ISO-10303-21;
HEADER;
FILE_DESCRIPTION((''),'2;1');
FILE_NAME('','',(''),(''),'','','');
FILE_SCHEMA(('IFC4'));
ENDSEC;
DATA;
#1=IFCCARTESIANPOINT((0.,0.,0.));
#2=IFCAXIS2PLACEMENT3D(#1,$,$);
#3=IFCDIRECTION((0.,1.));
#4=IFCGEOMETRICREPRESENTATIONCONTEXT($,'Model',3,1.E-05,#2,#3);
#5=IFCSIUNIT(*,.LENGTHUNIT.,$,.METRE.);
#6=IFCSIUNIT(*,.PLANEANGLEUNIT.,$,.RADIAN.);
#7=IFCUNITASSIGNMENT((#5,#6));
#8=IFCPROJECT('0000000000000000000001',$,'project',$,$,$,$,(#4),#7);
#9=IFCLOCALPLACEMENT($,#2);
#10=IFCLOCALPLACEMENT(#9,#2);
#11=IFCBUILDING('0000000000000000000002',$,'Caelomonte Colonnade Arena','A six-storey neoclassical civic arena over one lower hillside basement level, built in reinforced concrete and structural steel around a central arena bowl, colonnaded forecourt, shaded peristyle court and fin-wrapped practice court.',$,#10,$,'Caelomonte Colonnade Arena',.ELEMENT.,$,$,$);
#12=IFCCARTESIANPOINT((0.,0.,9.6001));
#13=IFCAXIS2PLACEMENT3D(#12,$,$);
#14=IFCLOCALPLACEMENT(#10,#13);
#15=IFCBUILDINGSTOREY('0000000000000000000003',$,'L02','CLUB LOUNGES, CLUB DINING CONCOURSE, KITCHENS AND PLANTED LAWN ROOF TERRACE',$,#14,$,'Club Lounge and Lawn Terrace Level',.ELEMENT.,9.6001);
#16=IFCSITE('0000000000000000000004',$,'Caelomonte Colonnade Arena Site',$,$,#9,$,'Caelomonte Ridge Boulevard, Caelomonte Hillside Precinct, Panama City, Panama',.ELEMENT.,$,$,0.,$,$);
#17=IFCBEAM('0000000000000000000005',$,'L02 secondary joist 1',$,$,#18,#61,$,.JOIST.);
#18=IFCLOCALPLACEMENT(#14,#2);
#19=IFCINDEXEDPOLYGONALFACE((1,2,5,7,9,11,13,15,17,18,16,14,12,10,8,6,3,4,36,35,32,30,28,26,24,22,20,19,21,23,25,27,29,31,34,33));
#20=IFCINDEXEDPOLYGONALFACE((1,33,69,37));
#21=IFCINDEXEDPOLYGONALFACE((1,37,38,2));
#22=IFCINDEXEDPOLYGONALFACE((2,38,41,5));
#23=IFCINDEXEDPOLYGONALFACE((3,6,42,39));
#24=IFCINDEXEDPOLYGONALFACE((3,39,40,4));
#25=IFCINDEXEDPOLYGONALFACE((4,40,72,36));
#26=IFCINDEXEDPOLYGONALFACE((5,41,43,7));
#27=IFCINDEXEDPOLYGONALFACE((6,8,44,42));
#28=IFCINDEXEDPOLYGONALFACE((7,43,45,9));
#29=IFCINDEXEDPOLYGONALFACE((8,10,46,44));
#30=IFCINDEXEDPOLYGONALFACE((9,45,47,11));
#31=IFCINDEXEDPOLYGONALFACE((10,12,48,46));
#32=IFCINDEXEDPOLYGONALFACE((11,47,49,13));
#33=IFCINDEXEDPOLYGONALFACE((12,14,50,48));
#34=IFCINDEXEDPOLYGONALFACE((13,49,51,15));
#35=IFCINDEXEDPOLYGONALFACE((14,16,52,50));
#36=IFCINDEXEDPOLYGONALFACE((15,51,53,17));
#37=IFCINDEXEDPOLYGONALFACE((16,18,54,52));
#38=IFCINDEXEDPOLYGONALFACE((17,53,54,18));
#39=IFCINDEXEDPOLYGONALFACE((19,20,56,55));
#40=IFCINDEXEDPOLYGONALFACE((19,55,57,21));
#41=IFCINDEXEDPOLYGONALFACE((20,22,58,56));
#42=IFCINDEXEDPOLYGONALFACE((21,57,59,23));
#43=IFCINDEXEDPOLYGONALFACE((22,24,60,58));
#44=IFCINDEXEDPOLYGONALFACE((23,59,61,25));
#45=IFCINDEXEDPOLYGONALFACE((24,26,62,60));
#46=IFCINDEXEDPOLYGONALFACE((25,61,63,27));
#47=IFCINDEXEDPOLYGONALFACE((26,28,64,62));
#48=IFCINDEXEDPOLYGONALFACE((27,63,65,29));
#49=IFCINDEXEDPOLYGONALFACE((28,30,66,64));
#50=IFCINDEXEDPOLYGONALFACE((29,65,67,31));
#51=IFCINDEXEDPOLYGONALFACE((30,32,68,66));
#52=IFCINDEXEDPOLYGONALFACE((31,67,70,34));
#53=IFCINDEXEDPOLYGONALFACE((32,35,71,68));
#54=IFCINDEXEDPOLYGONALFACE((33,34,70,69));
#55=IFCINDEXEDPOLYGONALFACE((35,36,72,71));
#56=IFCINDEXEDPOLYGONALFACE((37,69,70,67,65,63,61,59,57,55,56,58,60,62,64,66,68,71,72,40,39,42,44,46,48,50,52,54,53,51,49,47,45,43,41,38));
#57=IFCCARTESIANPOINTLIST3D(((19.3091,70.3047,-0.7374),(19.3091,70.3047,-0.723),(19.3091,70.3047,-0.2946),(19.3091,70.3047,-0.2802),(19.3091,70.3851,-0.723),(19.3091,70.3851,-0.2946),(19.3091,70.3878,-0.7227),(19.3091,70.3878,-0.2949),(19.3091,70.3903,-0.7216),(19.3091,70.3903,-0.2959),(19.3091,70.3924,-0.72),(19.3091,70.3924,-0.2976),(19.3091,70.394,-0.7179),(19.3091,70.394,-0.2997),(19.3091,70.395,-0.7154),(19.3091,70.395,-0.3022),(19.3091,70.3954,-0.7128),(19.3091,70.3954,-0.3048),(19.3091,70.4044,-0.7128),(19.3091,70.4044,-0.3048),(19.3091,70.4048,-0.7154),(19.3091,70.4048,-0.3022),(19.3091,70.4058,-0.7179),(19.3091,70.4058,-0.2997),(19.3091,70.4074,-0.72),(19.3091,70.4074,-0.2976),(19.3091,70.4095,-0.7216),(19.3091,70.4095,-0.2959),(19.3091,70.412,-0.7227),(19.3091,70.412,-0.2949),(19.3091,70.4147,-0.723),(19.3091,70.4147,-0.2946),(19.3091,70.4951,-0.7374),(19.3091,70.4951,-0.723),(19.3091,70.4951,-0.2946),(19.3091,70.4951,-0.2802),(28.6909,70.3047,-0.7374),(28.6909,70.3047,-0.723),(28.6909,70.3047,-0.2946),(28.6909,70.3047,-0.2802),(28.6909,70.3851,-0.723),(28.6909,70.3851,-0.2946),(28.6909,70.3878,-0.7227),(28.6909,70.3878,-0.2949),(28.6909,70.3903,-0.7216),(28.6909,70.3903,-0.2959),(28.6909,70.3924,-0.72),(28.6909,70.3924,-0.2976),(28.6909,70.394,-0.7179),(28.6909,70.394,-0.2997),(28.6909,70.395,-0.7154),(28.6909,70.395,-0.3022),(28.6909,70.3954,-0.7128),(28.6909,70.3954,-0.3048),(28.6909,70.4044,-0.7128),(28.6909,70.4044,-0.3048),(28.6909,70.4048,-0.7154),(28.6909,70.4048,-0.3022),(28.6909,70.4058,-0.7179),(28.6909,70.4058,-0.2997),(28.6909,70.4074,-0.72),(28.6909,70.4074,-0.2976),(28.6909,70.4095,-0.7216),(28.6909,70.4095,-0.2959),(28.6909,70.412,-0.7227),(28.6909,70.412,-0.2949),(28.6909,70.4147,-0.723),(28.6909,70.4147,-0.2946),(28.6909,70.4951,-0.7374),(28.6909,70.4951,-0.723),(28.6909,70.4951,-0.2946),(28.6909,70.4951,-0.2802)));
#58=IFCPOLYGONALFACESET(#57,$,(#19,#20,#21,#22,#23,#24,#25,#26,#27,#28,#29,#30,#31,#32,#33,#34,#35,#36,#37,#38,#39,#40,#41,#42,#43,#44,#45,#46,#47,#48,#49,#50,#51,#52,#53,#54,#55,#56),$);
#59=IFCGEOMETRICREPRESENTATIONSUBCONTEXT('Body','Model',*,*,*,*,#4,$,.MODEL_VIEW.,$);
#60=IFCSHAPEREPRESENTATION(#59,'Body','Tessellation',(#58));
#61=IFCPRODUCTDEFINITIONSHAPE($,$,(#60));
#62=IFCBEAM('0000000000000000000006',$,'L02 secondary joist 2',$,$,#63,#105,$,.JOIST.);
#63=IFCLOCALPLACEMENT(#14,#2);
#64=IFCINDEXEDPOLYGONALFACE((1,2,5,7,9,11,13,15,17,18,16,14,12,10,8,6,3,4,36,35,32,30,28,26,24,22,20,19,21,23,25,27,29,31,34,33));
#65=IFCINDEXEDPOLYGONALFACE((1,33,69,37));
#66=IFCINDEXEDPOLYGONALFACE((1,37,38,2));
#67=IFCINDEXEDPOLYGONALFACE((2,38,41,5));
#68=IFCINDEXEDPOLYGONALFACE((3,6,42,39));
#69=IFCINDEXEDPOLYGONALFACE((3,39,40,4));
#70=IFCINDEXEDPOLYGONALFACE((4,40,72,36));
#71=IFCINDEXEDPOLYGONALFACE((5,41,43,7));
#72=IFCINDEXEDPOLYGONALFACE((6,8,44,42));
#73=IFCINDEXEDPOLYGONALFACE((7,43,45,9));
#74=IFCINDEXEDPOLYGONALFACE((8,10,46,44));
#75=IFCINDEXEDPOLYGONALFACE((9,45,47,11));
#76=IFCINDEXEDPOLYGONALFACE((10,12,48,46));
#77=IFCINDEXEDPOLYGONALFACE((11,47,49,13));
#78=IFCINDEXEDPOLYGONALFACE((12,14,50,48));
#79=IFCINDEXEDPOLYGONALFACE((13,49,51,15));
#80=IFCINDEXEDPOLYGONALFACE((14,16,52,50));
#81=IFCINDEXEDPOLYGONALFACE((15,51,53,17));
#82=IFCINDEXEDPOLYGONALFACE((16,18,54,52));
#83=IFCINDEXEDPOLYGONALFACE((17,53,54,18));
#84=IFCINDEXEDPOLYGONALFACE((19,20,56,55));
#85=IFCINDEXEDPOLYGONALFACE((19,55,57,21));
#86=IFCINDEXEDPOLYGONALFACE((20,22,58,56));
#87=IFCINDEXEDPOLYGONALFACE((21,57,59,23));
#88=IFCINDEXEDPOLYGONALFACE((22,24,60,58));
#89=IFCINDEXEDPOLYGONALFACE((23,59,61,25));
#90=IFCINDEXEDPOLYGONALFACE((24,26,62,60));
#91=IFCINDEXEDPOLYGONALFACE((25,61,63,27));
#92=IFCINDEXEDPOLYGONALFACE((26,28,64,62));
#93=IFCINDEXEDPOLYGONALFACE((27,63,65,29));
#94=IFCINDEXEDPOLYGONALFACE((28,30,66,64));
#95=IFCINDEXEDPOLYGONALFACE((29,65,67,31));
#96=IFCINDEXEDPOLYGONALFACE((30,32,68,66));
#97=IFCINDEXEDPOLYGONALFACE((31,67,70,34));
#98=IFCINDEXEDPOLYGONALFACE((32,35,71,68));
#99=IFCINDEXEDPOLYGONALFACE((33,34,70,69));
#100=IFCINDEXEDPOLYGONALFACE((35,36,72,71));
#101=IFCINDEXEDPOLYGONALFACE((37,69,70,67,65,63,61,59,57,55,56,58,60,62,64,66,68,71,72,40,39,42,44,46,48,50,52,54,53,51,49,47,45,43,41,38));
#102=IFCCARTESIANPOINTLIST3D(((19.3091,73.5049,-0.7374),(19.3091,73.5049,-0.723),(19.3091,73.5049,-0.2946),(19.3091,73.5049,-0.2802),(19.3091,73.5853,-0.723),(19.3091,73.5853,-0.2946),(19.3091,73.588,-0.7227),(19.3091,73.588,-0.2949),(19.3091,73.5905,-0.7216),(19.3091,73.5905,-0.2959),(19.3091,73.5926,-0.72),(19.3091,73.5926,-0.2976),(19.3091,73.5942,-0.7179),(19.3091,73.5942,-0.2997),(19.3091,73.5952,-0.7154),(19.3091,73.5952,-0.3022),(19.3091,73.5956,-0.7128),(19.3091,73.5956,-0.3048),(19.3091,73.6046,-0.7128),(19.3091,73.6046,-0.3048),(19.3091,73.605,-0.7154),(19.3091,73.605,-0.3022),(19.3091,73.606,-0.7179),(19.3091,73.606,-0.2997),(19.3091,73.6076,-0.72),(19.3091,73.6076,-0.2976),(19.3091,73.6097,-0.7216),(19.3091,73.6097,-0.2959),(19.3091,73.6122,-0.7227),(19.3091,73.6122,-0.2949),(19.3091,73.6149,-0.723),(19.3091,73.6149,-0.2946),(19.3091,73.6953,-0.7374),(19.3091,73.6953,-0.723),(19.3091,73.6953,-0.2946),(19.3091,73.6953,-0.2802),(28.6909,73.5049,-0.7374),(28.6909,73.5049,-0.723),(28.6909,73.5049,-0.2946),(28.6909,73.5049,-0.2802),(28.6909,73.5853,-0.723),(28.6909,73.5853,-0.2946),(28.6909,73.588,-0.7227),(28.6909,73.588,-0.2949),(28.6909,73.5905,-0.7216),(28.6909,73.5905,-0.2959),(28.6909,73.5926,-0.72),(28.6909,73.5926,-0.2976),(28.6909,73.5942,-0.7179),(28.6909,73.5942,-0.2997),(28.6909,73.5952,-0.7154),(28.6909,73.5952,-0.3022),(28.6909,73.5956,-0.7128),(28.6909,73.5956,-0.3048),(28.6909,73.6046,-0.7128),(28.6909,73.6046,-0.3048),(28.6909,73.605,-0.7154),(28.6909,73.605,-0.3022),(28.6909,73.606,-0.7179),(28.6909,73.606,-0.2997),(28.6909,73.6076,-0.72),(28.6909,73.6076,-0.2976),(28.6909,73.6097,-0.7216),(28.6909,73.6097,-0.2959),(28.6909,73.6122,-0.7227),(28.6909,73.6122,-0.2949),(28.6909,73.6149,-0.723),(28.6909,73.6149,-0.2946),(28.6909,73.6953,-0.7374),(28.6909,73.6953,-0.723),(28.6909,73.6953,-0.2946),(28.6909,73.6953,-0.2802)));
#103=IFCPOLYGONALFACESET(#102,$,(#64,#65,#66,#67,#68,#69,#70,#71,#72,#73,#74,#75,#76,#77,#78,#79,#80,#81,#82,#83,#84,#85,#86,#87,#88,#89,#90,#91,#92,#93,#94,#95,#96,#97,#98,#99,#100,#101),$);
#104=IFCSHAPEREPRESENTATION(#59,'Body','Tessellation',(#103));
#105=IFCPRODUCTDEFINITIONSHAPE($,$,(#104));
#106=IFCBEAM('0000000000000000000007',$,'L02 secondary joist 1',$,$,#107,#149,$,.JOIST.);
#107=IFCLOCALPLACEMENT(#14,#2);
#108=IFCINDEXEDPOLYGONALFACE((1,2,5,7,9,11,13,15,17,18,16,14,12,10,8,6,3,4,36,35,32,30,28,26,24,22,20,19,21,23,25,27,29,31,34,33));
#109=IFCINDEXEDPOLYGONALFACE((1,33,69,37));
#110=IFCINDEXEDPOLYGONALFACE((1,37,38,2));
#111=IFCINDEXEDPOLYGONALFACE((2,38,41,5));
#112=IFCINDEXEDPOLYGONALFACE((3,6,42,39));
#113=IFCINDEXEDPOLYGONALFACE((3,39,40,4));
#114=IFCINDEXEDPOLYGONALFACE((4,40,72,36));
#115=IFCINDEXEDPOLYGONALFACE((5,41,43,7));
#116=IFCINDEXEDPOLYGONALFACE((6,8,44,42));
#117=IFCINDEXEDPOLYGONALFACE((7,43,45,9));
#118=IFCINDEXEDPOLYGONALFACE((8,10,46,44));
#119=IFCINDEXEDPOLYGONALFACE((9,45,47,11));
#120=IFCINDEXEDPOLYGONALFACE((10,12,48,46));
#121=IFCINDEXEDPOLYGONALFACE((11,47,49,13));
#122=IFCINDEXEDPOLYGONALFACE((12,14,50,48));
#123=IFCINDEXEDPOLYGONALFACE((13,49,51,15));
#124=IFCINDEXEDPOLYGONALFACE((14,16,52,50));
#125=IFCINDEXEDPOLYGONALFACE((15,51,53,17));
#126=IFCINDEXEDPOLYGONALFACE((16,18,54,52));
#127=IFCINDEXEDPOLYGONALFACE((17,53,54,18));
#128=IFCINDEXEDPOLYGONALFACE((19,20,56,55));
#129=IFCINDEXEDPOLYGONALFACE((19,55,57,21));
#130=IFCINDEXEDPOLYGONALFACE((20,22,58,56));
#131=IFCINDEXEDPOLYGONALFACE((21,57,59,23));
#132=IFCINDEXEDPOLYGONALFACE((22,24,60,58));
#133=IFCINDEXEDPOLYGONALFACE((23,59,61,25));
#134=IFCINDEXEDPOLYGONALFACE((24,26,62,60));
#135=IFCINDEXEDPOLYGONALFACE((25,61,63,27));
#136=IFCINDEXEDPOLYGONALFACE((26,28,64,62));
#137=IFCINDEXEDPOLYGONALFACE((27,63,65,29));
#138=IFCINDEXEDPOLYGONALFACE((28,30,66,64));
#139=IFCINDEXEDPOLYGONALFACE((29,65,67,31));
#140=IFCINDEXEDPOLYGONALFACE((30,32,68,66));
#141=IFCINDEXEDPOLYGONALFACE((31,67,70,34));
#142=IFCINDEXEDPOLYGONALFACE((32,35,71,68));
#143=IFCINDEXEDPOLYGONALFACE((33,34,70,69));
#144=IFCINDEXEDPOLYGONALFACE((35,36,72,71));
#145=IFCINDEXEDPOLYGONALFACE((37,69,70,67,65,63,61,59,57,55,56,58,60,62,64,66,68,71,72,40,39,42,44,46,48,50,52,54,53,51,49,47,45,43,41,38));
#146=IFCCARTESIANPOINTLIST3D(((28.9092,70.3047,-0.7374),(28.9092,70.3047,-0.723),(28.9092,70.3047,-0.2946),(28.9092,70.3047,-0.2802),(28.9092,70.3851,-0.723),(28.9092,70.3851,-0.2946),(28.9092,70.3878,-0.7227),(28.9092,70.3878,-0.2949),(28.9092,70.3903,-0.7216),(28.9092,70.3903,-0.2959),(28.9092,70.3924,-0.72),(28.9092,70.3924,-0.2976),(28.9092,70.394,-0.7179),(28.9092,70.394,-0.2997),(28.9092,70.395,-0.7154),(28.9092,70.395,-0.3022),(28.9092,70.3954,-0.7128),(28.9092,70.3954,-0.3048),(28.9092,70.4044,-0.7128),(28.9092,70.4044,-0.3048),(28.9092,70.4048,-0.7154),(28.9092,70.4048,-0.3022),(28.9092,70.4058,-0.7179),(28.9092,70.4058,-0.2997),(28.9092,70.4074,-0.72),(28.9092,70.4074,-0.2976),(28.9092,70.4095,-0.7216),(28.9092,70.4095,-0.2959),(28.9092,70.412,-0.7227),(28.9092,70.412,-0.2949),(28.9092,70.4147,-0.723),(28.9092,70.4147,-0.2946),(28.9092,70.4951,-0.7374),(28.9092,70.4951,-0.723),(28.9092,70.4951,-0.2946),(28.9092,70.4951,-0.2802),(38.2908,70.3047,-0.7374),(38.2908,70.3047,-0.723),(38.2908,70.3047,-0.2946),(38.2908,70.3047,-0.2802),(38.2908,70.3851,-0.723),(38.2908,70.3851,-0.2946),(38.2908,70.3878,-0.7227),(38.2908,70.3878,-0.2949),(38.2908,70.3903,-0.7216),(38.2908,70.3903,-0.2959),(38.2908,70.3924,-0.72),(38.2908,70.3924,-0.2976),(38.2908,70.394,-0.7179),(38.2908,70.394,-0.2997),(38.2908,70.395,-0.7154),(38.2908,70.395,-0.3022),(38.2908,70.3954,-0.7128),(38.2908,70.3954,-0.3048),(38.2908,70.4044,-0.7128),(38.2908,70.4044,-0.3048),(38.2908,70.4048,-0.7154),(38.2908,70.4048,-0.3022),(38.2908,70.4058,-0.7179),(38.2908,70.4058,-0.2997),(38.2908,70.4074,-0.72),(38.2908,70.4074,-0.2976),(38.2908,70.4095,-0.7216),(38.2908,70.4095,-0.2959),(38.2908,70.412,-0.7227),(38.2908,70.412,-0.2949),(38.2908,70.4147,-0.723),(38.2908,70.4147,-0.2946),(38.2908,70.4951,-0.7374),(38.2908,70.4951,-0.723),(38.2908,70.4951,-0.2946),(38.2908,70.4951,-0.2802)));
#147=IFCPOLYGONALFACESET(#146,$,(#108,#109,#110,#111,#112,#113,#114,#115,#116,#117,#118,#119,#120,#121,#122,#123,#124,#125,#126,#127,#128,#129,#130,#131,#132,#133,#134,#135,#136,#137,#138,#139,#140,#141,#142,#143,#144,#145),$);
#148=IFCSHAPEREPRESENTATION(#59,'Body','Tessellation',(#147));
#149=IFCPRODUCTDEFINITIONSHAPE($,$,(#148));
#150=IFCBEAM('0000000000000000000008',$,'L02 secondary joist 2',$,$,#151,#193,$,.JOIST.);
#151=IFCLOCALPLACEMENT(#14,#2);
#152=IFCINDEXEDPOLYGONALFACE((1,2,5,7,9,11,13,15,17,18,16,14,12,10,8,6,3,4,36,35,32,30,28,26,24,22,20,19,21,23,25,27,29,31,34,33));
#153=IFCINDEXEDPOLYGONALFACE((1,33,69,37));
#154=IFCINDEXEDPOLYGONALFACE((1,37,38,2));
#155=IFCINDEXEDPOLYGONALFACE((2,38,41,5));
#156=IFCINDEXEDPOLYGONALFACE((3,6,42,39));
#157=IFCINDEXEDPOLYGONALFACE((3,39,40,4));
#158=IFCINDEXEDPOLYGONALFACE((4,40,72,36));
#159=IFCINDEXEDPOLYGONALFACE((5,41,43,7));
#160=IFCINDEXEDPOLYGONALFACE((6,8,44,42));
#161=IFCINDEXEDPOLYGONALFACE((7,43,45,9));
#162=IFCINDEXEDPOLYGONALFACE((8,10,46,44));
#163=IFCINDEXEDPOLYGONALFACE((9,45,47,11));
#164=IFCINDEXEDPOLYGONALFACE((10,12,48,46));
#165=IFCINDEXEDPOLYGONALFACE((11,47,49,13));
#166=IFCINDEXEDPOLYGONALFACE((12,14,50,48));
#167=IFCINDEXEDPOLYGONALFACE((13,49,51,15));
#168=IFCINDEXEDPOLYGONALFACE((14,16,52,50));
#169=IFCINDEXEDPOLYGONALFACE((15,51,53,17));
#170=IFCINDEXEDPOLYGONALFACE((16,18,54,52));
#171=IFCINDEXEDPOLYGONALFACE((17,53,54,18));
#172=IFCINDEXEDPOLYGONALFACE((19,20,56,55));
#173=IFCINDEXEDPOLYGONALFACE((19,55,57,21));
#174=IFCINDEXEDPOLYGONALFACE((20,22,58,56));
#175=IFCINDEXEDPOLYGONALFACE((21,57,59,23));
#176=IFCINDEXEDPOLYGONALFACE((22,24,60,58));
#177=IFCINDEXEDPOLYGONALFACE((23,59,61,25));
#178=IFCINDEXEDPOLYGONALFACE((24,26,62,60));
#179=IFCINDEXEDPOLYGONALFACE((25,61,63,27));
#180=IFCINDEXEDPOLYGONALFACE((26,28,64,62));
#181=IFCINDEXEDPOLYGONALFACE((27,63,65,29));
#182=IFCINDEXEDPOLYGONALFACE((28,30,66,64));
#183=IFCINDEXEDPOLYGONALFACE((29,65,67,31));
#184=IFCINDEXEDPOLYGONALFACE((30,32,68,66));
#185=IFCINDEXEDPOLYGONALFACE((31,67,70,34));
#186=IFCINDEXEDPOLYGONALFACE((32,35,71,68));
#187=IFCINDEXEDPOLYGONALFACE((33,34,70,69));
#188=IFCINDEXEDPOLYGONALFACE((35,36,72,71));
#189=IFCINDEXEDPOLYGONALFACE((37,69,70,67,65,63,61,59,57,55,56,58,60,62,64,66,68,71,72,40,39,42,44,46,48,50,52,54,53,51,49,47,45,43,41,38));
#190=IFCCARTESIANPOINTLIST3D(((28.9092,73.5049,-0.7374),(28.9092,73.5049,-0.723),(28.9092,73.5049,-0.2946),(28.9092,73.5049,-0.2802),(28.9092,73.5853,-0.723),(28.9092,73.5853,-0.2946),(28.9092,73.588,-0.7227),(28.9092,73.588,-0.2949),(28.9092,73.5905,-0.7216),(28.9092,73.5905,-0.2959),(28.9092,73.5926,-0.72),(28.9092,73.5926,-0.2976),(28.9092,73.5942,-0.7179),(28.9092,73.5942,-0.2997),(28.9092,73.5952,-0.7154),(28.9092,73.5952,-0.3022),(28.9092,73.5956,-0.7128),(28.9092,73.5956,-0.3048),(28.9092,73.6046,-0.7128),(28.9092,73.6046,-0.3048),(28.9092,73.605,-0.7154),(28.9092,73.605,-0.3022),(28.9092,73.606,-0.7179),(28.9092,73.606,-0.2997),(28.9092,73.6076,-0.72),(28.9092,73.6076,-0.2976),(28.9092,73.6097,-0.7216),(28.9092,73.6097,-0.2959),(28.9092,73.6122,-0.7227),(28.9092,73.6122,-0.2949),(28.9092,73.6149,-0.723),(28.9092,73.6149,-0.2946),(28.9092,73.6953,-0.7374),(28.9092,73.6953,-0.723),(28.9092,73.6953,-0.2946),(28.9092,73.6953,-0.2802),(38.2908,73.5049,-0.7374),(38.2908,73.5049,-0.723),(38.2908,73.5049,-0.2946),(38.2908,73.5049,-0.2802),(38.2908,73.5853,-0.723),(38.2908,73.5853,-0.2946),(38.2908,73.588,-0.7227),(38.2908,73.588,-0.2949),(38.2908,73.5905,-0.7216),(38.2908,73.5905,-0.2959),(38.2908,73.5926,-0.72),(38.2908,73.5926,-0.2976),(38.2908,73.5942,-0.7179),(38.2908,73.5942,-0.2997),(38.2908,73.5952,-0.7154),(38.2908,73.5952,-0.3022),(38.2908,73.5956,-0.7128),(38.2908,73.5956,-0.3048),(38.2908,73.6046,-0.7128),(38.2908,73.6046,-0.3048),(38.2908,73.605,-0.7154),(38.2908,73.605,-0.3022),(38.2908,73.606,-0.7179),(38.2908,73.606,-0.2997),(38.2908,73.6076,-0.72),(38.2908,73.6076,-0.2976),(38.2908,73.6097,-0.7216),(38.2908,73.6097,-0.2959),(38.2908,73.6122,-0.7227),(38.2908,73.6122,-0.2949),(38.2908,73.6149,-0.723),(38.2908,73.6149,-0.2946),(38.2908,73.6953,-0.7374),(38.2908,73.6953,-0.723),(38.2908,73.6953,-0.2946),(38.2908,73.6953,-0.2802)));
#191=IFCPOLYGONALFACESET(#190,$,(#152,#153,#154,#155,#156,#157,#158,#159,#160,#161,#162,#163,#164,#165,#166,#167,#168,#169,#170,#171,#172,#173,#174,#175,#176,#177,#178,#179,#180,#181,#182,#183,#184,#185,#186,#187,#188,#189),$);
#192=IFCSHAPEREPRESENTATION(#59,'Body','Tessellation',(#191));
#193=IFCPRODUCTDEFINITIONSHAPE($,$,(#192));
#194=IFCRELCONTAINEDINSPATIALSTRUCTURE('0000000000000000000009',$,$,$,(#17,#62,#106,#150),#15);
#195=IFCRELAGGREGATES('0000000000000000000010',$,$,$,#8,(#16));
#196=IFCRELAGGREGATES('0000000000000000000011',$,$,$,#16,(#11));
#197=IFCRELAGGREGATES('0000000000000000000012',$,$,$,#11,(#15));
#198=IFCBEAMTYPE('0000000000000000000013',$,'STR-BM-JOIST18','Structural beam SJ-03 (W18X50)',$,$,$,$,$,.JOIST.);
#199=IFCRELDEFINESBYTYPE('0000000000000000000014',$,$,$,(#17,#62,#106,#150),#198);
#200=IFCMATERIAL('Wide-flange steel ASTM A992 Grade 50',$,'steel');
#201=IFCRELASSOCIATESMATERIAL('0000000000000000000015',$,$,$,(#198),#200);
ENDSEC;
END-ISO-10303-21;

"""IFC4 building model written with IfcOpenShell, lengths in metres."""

from ifc_helpers import new_model, si_unit, direction, frame, origin, origin_2d, place, context, subcontext, project, spatial, i_section, extrude, material, material_profile, profile_set, type_object, element, save


model = new_model("IFC4")

# Units and contexts
model_context = context("Model", 3, precision=1e-05, world=origin(), true_north=direction((0.0, 1.0)))
body_context = subcontext(model_context, "Body", "Model", "MODEL_VIEW")
ifc_project = project(units=[si_unit("LENGTHUNIT", "METRE"), si_unit("PLANEANGLEUNIT", "RADIAN")], contexts=[model_context])

# Site, building, storey
site_placement = place(None, origin())
site = spatial("IfcSite", under=ifc_project, at=site_placement, Name="Caelomonte Colonnade Arena Site", LongName="Caelomonte Ridge Boulevard, Caelomonte Hillside Precinct, Panama City, Panama", CompositionType="ELEMENT", RefElevation=0.0)
building_placement = place(site_placement, origin())
building = spatial("IfcBuilding", under=site, at=building_placement, Name="Caelomonte Colonnade Arena", Description="A six-storey neoclassical civic arena over one lower hillside basement level, built in reinforced concrete and structural steel around a central arena bowl, colonnaded forecourt, shaded peristyle court and fin-wrapped practice court.", LongName="Caelomonte Colonnade Arena", CompositionType="ELEMENT")
storey_placement = place(building_placement, frame((0.0, 0.0, 9.6001)))
storey = spatial("IfcBuildingStorey", under=building, at=storey_placement, Name="L02", Description="CLUB LOUNGES, CLUB DINING CONCOURSE, KITCHENS AND PLANTED LAWN ROOF TERRACE", LongName="Club Lounge and Lawn Terrace Level", CompositionType="ELEMENT", Elevation=9.6001)

# Beams
ifc_material_1 = material(Name="Wide-flange steel ASTM A992 Grade 50", Category="steel")
ifc_material_profile_1 = material_profile(ifc_material_1, i_section(OverallWidth=0.1904, OverallDepth=0.4573, WebThickness=0.009, FlangeThickness=0.0144, FilletRadius=0.0103, at=origin_2d()), Name="W18X50")
ifc_profile_set_1 = profile_set([ifc_material_profile_1], Name="Wide-flange steel ASTM A992 Grade 50")
beam_type_1 = type_object("IfcBeamType", Name="STR-BM-JOIST18", Description="Structural beam SJ-03 (W18X50)", PredefinedType="JOIST", material=ifc_profile_set_1)
for number, where, z_axis, x_axis, name in (
    (1, (19.3091, 70.3999, -0.5088), (1.0, 0.0, 0.0), (0.0, 1.0, 0.0), "L02 secondary joist 1"),
    (2, (19.3091, 73.6001, -0.5088), (1.0, 0.0, 0.0), (0.0, 1.0, 0.0), "L02 secondary joist 2"),
):
    element("IfcBeam", number, at=place(storey_placement, frame(where, z_axis=z_axis, x_axis=x_axis)), inside=storey, type_object=beam_type_1, Name=name, PredefinedType="JOIST", context=body_context, shape_type="SweptSolid", body=[
        extrude(i_section(OverallWidth=0.1904, OverallDepth=0.4573, WebThickness=0.009, FlangeThickness=0.0144, FilletRadius=0.0103, at=origin_2d()), origin(), (0.0, 0.0, 1.0), 9.3818),
    ])
for number, where, z_axis, x_axis, name in (
    (3, (28.9092, 70.3999, -0.5088), (1.0, 0.0, 0.0), (0.0, 1.0, 0.0), "L02 secondary joist 1"),
    (4, (28.9092, 73.6001, -0.5088), (1.0, 0.0, 0.0), (0.0, 1.0, 0.0), "L02 secondary joist 2"),
):
    element("IfcBeam", number, at=place(storey_placement, frame(where, z_axis=z_axis, x_axis=x_axis)), inside=storey, type_object=beam_type_1, Name=name, PredefinedType="JOIST", context=body_context, shape_type="SweptSolid", body=[
        extrude(i_section(OverallWidth=0.1904, OverallDepth=0.4573, WebThickness=0.009, FlangeThickness=0.0144, FilletRadius=0.0103, at=origin_2d()), origin(), (0.0, 0.0, 1.0), 9.3816),
    ])

save(model, "model.ifc")
